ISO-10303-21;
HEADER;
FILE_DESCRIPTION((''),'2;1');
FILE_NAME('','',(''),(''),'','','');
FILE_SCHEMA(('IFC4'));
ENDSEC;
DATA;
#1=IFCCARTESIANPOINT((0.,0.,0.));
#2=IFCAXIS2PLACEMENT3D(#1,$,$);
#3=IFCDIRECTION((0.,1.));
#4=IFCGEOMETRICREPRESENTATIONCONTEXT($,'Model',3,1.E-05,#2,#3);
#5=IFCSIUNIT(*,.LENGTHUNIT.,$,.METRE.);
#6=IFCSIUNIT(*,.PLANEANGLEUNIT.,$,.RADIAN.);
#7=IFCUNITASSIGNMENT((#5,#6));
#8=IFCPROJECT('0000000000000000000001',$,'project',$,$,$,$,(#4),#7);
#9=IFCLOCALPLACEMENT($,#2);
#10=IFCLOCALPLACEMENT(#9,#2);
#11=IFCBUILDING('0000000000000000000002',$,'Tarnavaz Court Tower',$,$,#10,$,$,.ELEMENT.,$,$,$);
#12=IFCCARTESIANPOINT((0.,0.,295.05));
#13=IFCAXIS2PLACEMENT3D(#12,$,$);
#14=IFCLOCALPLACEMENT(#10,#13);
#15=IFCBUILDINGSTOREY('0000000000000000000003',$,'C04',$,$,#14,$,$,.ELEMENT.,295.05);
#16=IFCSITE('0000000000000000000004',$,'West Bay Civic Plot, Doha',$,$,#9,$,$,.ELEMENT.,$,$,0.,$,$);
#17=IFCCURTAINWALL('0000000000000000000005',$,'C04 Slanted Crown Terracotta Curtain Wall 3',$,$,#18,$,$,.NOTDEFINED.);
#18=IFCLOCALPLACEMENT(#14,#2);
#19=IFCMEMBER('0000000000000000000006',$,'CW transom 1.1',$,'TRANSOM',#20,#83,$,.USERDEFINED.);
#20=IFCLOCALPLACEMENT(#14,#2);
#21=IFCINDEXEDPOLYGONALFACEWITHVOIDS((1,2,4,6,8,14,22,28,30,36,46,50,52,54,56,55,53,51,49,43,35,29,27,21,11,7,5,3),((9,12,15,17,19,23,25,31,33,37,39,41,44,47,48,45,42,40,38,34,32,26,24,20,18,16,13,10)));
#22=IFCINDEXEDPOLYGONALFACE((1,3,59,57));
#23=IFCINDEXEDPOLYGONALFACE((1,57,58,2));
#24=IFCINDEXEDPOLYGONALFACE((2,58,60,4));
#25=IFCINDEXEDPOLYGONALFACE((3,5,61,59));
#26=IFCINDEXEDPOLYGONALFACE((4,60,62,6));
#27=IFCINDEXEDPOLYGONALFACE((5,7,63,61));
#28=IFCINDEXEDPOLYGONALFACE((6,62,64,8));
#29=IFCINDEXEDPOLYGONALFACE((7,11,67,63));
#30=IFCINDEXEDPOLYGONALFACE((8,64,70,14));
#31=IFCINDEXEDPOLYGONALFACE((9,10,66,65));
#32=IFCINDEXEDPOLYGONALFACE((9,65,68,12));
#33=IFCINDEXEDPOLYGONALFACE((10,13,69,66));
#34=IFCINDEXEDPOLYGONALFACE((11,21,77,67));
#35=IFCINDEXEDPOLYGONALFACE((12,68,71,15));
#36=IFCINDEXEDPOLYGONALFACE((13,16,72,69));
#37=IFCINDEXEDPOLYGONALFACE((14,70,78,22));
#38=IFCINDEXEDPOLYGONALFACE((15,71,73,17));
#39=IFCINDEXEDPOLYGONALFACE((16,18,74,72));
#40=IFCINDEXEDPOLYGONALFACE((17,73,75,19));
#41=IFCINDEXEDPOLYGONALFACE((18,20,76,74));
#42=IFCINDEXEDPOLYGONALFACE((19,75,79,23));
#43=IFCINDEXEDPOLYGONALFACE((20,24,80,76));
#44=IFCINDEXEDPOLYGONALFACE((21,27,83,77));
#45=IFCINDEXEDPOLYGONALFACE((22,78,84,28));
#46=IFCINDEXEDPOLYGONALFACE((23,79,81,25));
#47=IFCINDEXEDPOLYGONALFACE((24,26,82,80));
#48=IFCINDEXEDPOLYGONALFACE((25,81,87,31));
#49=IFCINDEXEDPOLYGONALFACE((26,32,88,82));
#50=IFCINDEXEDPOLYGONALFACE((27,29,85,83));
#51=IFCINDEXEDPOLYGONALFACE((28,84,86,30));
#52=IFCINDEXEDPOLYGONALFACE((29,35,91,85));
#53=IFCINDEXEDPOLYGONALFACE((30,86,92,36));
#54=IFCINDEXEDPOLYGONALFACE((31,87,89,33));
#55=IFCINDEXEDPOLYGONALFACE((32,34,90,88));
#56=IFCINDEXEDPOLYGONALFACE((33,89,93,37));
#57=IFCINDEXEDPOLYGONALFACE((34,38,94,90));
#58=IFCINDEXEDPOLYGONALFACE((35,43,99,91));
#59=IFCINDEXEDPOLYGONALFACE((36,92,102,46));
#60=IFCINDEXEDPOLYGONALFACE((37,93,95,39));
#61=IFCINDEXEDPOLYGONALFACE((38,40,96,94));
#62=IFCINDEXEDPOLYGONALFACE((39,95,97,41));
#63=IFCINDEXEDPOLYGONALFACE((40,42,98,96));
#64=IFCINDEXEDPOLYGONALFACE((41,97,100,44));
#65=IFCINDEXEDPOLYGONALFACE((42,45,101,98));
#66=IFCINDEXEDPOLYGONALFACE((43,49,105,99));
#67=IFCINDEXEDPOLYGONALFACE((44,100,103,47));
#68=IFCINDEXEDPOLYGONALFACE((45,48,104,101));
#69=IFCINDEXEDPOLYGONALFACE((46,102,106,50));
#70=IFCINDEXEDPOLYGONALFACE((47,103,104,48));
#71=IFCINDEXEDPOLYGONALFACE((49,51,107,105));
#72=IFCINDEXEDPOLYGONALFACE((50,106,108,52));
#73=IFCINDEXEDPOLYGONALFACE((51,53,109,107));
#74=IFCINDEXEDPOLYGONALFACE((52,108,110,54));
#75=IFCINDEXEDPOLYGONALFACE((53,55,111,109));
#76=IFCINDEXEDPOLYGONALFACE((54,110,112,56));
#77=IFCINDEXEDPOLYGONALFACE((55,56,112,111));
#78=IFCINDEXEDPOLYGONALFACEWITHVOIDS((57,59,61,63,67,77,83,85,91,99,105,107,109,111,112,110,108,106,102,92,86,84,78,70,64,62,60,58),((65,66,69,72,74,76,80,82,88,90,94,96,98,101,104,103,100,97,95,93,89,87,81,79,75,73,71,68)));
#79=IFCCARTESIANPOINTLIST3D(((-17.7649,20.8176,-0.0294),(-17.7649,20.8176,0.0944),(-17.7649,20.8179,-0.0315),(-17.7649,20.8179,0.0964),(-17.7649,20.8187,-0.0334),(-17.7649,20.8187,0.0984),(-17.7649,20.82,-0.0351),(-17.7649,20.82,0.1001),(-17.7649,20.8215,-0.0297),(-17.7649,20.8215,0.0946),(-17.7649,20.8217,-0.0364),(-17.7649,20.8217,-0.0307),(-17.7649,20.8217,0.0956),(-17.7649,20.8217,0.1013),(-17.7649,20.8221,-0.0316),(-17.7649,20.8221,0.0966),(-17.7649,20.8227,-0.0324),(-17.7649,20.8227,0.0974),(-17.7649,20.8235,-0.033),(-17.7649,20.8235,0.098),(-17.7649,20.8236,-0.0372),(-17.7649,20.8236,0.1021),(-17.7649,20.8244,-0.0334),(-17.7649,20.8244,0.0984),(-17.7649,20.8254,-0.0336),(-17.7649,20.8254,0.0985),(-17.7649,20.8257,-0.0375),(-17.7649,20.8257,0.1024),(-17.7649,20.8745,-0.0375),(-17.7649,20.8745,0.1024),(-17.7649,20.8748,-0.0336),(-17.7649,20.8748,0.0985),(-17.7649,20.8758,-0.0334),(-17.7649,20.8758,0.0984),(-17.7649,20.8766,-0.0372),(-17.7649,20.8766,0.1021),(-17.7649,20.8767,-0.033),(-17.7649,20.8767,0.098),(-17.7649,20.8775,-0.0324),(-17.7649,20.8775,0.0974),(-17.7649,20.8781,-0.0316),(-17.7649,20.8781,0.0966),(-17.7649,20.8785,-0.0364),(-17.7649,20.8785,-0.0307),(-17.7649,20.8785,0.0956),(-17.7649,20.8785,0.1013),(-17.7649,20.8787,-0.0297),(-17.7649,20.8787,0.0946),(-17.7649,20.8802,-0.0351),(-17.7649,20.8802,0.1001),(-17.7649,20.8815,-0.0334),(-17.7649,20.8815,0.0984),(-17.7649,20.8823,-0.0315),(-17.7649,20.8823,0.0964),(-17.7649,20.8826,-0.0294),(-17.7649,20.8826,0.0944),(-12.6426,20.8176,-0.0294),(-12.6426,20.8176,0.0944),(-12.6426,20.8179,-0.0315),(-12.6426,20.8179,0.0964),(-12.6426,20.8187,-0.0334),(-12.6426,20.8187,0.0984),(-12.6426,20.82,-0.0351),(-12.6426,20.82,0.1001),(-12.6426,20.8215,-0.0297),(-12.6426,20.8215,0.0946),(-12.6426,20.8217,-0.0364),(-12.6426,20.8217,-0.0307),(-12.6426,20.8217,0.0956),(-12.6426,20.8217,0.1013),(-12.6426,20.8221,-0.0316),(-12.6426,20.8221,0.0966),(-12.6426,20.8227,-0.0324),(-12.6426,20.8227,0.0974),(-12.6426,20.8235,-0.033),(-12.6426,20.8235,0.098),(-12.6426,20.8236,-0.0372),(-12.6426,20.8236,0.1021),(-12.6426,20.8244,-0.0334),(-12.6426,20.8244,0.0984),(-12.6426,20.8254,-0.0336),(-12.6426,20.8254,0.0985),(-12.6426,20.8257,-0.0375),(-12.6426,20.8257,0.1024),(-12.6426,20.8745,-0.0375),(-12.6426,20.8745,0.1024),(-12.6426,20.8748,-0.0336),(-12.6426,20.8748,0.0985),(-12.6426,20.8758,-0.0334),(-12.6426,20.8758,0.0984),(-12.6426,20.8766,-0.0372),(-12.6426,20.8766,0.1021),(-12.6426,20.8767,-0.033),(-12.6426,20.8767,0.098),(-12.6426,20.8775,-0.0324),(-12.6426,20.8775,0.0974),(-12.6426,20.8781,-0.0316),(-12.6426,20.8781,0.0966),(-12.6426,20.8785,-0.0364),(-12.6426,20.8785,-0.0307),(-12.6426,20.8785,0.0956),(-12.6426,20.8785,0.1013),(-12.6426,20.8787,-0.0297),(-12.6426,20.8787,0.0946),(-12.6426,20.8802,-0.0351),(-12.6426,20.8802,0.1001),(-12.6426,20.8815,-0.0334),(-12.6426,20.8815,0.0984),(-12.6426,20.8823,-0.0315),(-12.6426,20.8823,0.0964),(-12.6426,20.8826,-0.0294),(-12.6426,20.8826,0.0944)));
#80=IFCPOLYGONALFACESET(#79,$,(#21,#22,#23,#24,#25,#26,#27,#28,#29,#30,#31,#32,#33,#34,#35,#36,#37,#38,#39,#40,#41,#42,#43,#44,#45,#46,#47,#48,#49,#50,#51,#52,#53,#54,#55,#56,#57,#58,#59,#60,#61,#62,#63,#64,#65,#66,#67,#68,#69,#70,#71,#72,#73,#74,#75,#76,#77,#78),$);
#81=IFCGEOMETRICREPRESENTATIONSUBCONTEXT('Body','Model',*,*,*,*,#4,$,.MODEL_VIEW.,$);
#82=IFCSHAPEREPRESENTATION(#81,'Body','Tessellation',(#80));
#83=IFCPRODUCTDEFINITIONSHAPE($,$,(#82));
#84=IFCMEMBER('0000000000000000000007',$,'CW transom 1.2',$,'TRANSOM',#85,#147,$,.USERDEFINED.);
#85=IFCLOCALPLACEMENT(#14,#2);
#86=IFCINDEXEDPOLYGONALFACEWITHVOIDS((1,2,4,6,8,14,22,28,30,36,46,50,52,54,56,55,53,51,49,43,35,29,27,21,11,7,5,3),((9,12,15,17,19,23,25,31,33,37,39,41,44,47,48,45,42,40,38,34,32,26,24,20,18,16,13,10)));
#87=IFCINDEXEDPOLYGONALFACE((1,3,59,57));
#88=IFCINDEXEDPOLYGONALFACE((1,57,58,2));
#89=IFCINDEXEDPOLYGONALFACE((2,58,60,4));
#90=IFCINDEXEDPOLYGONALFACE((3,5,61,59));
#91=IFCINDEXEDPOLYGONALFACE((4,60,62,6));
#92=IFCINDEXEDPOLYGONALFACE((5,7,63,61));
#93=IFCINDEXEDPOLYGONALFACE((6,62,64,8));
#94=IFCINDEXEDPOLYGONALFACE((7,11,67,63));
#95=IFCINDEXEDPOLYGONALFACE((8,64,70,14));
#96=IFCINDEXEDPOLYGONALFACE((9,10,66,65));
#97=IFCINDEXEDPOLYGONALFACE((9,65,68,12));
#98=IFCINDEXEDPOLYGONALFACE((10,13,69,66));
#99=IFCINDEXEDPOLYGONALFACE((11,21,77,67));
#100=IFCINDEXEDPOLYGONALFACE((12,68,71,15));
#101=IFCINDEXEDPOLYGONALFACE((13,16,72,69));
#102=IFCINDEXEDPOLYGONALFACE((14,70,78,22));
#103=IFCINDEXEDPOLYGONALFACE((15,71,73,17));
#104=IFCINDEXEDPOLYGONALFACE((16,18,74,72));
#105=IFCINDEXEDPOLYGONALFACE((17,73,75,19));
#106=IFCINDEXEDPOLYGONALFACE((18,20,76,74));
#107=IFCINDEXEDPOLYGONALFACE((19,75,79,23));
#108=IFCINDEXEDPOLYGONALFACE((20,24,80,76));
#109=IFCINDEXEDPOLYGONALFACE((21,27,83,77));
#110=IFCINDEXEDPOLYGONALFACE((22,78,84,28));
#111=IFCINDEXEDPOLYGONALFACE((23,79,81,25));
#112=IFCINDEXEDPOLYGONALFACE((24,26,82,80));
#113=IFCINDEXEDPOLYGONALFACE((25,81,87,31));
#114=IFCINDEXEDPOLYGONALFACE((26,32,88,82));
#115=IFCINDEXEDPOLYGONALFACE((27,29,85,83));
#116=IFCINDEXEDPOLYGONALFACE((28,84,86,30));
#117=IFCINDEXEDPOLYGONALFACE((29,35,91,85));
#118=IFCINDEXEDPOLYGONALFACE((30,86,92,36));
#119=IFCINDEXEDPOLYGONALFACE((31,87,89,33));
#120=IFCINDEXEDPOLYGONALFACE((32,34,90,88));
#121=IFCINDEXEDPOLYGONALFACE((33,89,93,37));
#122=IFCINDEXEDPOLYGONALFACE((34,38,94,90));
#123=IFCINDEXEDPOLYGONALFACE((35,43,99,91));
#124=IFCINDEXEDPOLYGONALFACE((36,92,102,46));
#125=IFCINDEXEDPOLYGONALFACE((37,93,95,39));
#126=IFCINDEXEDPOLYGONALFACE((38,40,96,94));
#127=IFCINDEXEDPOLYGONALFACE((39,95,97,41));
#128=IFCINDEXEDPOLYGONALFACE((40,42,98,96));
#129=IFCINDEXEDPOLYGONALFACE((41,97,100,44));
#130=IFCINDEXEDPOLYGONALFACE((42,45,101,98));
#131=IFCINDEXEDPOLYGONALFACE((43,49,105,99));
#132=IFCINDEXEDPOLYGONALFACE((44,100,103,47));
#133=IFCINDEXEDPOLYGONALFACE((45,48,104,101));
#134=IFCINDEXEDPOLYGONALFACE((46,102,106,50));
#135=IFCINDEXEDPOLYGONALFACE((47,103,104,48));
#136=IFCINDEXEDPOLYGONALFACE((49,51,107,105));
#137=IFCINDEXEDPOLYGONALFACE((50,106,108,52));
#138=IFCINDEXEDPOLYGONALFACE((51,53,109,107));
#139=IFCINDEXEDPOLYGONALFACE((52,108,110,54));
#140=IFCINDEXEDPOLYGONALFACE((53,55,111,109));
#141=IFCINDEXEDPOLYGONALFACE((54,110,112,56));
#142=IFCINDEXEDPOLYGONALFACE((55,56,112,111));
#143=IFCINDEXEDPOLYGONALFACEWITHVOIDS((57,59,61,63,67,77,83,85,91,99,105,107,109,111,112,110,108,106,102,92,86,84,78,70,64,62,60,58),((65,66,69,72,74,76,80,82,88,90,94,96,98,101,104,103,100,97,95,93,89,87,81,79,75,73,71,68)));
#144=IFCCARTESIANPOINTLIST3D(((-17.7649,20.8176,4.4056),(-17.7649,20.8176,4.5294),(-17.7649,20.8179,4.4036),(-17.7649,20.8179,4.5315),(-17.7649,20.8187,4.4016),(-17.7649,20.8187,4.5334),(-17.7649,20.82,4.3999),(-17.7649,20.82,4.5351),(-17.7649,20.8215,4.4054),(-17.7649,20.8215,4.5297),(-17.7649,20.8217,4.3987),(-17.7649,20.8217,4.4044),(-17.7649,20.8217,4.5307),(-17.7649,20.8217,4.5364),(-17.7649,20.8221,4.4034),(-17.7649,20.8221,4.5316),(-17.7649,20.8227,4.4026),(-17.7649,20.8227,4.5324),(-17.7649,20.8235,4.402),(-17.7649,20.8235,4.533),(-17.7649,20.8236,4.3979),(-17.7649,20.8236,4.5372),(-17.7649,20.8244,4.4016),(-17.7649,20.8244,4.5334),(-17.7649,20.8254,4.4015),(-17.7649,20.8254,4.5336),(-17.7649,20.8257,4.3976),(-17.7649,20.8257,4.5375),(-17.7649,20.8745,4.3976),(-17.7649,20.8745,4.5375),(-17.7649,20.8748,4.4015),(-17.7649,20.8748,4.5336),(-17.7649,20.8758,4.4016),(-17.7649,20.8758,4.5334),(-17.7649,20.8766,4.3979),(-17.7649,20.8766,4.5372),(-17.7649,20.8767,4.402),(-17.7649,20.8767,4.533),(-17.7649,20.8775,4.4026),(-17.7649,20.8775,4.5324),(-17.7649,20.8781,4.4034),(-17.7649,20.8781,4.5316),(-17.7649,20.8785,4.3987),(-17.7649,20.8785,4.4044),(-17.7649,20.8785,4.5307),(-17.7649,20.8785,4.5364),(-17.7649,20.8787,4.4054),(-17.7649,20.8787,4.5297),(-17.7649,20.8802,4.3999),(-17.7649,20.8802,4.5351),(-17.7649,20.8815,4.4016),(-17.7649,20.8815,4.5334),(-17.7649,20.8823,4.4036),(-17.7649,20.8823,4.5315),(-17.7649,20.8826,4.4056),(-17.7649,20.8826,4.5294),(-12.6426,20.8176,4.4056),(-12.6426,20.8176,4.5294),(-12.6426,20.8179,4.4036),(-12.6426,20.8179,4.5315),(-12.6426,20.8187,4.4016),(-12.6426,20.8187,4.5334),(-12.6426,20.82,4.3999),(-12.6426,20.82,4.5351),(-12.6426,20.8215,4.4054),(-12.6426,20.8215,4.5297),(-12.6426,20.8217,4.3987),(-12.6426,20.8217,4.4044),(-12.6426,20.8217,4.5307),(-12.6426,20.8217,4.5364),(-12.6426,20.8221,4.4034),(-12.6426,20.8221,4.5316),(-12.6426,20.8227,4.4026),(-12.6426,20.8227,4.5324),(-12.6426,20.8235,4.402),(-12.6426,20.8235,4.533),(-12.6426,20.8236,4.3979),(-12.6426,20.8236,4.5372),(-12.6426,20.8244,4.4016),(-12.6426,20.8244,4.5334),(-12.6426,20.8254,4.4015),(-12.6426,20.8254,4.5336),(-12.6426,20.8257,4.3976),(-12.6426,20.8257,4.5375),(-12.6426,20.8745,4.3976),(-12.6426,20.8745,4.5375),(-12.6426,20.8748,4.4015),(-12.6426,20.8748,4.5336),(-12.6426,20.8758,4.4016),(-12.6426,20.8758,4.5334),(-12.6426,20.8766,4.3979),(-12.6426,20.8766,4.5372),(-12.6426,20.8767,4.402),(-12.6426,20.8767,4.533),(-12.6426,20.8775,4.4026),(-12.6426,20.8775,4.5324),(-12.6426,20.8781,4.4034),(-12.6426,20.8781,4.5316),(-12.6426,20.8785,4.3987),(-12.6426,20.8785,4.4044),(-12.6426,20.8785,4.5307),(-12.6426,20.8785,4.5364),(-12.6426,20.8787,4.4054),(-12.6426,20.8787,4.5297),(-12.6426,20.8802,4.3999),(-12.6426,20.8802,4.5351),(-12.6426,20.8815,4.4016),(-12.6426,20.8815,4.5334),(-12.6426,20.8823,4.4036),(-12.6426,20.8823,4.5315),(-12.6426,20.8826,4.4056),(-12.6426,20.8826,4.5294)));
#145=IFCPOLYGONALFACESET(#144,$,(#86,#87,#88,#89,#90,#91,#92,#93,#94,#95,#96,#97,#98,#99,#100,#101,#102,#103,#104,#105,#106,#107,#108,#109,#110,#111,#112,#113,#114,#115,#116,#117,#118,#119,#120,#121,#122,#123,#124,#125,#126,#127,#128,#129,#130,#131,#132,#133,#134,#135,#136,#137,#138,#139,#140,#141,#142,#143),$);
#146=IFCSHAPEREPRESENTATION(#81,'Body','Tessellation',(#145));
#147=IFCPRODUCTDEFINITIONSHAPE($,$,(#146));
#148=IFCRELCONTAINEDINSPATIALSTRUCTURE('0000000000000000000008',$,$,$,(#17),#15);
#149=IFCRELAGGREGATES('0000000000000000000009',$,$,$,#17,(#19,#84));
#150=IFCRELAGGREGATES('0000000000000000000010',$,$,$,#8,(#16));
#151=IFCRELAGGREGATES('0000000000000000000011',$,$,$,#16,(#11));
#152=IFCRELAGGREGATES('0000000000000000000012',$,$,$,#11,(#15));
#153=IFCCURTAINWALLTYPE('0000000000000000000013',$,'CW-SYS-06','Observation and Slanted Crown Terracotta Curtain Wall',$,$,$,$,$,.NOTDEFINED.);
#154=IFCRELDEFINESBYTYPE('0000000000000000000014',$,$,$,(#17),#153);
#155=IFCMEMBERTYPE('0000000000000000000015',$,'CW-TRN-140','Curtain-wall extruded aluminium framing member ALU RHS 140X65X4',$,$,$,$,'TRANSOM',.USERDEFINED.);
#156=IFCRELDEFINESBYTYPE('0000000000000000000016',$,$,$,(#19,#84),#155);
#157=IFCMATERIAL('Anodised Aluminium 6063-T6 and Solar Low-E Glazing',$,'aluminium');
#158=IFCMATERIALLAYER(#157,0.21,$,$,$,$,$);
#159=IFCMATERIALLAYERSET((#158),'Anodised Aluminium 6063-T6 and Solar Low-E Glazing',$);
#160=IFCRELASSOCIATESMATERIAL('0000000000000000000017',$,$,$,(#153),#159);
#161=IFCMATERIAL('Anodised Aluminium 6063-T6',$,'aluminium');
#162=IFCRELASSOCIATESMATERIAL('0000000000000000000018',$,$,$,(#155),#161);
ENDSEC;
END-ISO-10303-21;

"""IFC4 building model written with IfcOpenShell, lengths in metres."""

from ifc_helpers import new_model, si_unit, direction, frame, origin, origin_2d, place, context, subcontext, project, spatial, hollow_rectangle, extrude, material, layer, layer_set, material_profile, profile_set, type_object, element, aggregate, save


model = new_model("IFC4")

# Units and contexts
model_context = context("Model", 3, precision=1e-05, world=origin(), true_north=direction((0.0, 1.0)))
body_context = subcontext(model_context, "Body", "Model", "MODEL_VIEW")
ifc_project = project(units=[si_unit("LENGTHUNIT", "METRE"), si_unit("PLANEANGLEUNIT", "RADIAN")], contexts=[model_context])

# Site, building, storey
site_placement = place(None, origin())
site = spatial("IfcSite", under=ifc_project, at=site_placement, Name="West Bay Civic Plot, Doha", CompositionType="ELEMENT", RefElevation=0.0)
building_placement = place(site_placement, origin())
building = spatial("IfcBuilding", under=site, at=building_placement, Name="Tarnavaz Court Tower", CompositionType="ELEMENT")
storey_placement = place(building_placement, frame((0.0, 0.0, 295.05)))
storey = spatial("IfcBuildingStorey", under=building, at=storey_placement, Name="C04", CompositionType="ELEMENT", Elevation=295.05)

# Shared definitions
ifc_material_1 = material(Name="Anodised Aluminium 6063-T6 and Solar Low-E Glazing", Category="aluminium")
ifc_layer_1 = layer(ifc_material_1, 0.21)
ifc_layer_set_1 = layer_set([ifc_layer_1], Name="Anodised Aluminium 6063-T6 and Solar Low-E Glazing")
curtain_wall_type = type_object("IfcCurtainWallType", Name="CW-SYS-06", Description="Observation and Slanted Crown Terracotta Curtain Wall", PredefinedType="NOTDEFINED", material=ifc_layer_set_1)
ifc_material_2 = material(Name="Anodised Aluminium 6063-T6", Category="aluminium")

# Curtain wall
curtain_wall_1_placement = place(storey_placement, origin())
curtain_wall_1 = element("IfcCurtainWall", 1, at=curtain_wall_1_placement, inside=storey, type_object=curtain_wall_type, Name="C04 Slanted Crown Terracotta Curtain Wall 3", PredefinedType="NOTDEFINED")

# Members
ifc_material_profile_1 = material_profile(ifc_material_2, hollow_rectangle(XDim=0.0649, YDim=0.1399, WallThickness=0.0039, InnerFilletRadius=0.0039, OuterFilletRadius=0.0081, at=origin_2d()), Name="ALU RHS 140X65X4")
ifc_profile_set_1 = profile_set([ifc_material_profile_1], Name="Anodised Aluminium 6063-T6")
member_type_1 = type_object("IfcMemberType", Name="CW-TRN-140", Description="Curtain-wall extruded aluminium framing member ALU RHS 140X65X4", ElementType="TRANSOM", PredefinedType="USERDEFINED", material=ifc_profile_set_1)
member_1_placement = place(storey_placement, frame((-17.7649, 20.8501, 0.0325), z_axis=(1.0, 0.0, 0.0), x_axis=(0.0, 1.0, 0.0)))
member_1 = element("IfcMember", 2, at=member_1_placement, type_object=member_type_1, Name="CW transom 1.1", ObjectType="TRANSOM", PredefinedType="USERDEFINED", context=body_context, shape_type="SweptSolid", body=[
    extrude(hollow_rectangle(XDim=0.0649, YDim=0.1399, WallThickness=0.0039, InnerFilletRadius=0.0039, OuterFilletRadius=0.0081, at=origin_2d()), origin(), (0.0, 0.0, 1.0), 5.1223),
])
member_2_placement = place(storey_placement, frame((-17.7649, 20.8501, 4.4675), z_axis=(1.0, 0.0, 0.0), x_axis=(0.0, 1.0, 0.0)))
member_2 = element("IfcMember", 3, at=member_2_placement, type_object=member_type_1, Name="CW transom 1.2", ObjectType="TRANSOM", PredefinedType="USERDEFINED", context=body_context, shape_type="SweptSolid", body=[
    extrude(hollow_rectangle(XDim=0.0649, YDim=0.1399, WallThickness=0.0039, InnerFilletRadius=0.0039, OuterFilletRadius=0.0081, at=origin_2d()), origin(), (0.0, 0.0, 1.0), 5.1223),
])

aggregate(curtain_wall_1, [member_1, member_2])

save(model, "model.ifc")
